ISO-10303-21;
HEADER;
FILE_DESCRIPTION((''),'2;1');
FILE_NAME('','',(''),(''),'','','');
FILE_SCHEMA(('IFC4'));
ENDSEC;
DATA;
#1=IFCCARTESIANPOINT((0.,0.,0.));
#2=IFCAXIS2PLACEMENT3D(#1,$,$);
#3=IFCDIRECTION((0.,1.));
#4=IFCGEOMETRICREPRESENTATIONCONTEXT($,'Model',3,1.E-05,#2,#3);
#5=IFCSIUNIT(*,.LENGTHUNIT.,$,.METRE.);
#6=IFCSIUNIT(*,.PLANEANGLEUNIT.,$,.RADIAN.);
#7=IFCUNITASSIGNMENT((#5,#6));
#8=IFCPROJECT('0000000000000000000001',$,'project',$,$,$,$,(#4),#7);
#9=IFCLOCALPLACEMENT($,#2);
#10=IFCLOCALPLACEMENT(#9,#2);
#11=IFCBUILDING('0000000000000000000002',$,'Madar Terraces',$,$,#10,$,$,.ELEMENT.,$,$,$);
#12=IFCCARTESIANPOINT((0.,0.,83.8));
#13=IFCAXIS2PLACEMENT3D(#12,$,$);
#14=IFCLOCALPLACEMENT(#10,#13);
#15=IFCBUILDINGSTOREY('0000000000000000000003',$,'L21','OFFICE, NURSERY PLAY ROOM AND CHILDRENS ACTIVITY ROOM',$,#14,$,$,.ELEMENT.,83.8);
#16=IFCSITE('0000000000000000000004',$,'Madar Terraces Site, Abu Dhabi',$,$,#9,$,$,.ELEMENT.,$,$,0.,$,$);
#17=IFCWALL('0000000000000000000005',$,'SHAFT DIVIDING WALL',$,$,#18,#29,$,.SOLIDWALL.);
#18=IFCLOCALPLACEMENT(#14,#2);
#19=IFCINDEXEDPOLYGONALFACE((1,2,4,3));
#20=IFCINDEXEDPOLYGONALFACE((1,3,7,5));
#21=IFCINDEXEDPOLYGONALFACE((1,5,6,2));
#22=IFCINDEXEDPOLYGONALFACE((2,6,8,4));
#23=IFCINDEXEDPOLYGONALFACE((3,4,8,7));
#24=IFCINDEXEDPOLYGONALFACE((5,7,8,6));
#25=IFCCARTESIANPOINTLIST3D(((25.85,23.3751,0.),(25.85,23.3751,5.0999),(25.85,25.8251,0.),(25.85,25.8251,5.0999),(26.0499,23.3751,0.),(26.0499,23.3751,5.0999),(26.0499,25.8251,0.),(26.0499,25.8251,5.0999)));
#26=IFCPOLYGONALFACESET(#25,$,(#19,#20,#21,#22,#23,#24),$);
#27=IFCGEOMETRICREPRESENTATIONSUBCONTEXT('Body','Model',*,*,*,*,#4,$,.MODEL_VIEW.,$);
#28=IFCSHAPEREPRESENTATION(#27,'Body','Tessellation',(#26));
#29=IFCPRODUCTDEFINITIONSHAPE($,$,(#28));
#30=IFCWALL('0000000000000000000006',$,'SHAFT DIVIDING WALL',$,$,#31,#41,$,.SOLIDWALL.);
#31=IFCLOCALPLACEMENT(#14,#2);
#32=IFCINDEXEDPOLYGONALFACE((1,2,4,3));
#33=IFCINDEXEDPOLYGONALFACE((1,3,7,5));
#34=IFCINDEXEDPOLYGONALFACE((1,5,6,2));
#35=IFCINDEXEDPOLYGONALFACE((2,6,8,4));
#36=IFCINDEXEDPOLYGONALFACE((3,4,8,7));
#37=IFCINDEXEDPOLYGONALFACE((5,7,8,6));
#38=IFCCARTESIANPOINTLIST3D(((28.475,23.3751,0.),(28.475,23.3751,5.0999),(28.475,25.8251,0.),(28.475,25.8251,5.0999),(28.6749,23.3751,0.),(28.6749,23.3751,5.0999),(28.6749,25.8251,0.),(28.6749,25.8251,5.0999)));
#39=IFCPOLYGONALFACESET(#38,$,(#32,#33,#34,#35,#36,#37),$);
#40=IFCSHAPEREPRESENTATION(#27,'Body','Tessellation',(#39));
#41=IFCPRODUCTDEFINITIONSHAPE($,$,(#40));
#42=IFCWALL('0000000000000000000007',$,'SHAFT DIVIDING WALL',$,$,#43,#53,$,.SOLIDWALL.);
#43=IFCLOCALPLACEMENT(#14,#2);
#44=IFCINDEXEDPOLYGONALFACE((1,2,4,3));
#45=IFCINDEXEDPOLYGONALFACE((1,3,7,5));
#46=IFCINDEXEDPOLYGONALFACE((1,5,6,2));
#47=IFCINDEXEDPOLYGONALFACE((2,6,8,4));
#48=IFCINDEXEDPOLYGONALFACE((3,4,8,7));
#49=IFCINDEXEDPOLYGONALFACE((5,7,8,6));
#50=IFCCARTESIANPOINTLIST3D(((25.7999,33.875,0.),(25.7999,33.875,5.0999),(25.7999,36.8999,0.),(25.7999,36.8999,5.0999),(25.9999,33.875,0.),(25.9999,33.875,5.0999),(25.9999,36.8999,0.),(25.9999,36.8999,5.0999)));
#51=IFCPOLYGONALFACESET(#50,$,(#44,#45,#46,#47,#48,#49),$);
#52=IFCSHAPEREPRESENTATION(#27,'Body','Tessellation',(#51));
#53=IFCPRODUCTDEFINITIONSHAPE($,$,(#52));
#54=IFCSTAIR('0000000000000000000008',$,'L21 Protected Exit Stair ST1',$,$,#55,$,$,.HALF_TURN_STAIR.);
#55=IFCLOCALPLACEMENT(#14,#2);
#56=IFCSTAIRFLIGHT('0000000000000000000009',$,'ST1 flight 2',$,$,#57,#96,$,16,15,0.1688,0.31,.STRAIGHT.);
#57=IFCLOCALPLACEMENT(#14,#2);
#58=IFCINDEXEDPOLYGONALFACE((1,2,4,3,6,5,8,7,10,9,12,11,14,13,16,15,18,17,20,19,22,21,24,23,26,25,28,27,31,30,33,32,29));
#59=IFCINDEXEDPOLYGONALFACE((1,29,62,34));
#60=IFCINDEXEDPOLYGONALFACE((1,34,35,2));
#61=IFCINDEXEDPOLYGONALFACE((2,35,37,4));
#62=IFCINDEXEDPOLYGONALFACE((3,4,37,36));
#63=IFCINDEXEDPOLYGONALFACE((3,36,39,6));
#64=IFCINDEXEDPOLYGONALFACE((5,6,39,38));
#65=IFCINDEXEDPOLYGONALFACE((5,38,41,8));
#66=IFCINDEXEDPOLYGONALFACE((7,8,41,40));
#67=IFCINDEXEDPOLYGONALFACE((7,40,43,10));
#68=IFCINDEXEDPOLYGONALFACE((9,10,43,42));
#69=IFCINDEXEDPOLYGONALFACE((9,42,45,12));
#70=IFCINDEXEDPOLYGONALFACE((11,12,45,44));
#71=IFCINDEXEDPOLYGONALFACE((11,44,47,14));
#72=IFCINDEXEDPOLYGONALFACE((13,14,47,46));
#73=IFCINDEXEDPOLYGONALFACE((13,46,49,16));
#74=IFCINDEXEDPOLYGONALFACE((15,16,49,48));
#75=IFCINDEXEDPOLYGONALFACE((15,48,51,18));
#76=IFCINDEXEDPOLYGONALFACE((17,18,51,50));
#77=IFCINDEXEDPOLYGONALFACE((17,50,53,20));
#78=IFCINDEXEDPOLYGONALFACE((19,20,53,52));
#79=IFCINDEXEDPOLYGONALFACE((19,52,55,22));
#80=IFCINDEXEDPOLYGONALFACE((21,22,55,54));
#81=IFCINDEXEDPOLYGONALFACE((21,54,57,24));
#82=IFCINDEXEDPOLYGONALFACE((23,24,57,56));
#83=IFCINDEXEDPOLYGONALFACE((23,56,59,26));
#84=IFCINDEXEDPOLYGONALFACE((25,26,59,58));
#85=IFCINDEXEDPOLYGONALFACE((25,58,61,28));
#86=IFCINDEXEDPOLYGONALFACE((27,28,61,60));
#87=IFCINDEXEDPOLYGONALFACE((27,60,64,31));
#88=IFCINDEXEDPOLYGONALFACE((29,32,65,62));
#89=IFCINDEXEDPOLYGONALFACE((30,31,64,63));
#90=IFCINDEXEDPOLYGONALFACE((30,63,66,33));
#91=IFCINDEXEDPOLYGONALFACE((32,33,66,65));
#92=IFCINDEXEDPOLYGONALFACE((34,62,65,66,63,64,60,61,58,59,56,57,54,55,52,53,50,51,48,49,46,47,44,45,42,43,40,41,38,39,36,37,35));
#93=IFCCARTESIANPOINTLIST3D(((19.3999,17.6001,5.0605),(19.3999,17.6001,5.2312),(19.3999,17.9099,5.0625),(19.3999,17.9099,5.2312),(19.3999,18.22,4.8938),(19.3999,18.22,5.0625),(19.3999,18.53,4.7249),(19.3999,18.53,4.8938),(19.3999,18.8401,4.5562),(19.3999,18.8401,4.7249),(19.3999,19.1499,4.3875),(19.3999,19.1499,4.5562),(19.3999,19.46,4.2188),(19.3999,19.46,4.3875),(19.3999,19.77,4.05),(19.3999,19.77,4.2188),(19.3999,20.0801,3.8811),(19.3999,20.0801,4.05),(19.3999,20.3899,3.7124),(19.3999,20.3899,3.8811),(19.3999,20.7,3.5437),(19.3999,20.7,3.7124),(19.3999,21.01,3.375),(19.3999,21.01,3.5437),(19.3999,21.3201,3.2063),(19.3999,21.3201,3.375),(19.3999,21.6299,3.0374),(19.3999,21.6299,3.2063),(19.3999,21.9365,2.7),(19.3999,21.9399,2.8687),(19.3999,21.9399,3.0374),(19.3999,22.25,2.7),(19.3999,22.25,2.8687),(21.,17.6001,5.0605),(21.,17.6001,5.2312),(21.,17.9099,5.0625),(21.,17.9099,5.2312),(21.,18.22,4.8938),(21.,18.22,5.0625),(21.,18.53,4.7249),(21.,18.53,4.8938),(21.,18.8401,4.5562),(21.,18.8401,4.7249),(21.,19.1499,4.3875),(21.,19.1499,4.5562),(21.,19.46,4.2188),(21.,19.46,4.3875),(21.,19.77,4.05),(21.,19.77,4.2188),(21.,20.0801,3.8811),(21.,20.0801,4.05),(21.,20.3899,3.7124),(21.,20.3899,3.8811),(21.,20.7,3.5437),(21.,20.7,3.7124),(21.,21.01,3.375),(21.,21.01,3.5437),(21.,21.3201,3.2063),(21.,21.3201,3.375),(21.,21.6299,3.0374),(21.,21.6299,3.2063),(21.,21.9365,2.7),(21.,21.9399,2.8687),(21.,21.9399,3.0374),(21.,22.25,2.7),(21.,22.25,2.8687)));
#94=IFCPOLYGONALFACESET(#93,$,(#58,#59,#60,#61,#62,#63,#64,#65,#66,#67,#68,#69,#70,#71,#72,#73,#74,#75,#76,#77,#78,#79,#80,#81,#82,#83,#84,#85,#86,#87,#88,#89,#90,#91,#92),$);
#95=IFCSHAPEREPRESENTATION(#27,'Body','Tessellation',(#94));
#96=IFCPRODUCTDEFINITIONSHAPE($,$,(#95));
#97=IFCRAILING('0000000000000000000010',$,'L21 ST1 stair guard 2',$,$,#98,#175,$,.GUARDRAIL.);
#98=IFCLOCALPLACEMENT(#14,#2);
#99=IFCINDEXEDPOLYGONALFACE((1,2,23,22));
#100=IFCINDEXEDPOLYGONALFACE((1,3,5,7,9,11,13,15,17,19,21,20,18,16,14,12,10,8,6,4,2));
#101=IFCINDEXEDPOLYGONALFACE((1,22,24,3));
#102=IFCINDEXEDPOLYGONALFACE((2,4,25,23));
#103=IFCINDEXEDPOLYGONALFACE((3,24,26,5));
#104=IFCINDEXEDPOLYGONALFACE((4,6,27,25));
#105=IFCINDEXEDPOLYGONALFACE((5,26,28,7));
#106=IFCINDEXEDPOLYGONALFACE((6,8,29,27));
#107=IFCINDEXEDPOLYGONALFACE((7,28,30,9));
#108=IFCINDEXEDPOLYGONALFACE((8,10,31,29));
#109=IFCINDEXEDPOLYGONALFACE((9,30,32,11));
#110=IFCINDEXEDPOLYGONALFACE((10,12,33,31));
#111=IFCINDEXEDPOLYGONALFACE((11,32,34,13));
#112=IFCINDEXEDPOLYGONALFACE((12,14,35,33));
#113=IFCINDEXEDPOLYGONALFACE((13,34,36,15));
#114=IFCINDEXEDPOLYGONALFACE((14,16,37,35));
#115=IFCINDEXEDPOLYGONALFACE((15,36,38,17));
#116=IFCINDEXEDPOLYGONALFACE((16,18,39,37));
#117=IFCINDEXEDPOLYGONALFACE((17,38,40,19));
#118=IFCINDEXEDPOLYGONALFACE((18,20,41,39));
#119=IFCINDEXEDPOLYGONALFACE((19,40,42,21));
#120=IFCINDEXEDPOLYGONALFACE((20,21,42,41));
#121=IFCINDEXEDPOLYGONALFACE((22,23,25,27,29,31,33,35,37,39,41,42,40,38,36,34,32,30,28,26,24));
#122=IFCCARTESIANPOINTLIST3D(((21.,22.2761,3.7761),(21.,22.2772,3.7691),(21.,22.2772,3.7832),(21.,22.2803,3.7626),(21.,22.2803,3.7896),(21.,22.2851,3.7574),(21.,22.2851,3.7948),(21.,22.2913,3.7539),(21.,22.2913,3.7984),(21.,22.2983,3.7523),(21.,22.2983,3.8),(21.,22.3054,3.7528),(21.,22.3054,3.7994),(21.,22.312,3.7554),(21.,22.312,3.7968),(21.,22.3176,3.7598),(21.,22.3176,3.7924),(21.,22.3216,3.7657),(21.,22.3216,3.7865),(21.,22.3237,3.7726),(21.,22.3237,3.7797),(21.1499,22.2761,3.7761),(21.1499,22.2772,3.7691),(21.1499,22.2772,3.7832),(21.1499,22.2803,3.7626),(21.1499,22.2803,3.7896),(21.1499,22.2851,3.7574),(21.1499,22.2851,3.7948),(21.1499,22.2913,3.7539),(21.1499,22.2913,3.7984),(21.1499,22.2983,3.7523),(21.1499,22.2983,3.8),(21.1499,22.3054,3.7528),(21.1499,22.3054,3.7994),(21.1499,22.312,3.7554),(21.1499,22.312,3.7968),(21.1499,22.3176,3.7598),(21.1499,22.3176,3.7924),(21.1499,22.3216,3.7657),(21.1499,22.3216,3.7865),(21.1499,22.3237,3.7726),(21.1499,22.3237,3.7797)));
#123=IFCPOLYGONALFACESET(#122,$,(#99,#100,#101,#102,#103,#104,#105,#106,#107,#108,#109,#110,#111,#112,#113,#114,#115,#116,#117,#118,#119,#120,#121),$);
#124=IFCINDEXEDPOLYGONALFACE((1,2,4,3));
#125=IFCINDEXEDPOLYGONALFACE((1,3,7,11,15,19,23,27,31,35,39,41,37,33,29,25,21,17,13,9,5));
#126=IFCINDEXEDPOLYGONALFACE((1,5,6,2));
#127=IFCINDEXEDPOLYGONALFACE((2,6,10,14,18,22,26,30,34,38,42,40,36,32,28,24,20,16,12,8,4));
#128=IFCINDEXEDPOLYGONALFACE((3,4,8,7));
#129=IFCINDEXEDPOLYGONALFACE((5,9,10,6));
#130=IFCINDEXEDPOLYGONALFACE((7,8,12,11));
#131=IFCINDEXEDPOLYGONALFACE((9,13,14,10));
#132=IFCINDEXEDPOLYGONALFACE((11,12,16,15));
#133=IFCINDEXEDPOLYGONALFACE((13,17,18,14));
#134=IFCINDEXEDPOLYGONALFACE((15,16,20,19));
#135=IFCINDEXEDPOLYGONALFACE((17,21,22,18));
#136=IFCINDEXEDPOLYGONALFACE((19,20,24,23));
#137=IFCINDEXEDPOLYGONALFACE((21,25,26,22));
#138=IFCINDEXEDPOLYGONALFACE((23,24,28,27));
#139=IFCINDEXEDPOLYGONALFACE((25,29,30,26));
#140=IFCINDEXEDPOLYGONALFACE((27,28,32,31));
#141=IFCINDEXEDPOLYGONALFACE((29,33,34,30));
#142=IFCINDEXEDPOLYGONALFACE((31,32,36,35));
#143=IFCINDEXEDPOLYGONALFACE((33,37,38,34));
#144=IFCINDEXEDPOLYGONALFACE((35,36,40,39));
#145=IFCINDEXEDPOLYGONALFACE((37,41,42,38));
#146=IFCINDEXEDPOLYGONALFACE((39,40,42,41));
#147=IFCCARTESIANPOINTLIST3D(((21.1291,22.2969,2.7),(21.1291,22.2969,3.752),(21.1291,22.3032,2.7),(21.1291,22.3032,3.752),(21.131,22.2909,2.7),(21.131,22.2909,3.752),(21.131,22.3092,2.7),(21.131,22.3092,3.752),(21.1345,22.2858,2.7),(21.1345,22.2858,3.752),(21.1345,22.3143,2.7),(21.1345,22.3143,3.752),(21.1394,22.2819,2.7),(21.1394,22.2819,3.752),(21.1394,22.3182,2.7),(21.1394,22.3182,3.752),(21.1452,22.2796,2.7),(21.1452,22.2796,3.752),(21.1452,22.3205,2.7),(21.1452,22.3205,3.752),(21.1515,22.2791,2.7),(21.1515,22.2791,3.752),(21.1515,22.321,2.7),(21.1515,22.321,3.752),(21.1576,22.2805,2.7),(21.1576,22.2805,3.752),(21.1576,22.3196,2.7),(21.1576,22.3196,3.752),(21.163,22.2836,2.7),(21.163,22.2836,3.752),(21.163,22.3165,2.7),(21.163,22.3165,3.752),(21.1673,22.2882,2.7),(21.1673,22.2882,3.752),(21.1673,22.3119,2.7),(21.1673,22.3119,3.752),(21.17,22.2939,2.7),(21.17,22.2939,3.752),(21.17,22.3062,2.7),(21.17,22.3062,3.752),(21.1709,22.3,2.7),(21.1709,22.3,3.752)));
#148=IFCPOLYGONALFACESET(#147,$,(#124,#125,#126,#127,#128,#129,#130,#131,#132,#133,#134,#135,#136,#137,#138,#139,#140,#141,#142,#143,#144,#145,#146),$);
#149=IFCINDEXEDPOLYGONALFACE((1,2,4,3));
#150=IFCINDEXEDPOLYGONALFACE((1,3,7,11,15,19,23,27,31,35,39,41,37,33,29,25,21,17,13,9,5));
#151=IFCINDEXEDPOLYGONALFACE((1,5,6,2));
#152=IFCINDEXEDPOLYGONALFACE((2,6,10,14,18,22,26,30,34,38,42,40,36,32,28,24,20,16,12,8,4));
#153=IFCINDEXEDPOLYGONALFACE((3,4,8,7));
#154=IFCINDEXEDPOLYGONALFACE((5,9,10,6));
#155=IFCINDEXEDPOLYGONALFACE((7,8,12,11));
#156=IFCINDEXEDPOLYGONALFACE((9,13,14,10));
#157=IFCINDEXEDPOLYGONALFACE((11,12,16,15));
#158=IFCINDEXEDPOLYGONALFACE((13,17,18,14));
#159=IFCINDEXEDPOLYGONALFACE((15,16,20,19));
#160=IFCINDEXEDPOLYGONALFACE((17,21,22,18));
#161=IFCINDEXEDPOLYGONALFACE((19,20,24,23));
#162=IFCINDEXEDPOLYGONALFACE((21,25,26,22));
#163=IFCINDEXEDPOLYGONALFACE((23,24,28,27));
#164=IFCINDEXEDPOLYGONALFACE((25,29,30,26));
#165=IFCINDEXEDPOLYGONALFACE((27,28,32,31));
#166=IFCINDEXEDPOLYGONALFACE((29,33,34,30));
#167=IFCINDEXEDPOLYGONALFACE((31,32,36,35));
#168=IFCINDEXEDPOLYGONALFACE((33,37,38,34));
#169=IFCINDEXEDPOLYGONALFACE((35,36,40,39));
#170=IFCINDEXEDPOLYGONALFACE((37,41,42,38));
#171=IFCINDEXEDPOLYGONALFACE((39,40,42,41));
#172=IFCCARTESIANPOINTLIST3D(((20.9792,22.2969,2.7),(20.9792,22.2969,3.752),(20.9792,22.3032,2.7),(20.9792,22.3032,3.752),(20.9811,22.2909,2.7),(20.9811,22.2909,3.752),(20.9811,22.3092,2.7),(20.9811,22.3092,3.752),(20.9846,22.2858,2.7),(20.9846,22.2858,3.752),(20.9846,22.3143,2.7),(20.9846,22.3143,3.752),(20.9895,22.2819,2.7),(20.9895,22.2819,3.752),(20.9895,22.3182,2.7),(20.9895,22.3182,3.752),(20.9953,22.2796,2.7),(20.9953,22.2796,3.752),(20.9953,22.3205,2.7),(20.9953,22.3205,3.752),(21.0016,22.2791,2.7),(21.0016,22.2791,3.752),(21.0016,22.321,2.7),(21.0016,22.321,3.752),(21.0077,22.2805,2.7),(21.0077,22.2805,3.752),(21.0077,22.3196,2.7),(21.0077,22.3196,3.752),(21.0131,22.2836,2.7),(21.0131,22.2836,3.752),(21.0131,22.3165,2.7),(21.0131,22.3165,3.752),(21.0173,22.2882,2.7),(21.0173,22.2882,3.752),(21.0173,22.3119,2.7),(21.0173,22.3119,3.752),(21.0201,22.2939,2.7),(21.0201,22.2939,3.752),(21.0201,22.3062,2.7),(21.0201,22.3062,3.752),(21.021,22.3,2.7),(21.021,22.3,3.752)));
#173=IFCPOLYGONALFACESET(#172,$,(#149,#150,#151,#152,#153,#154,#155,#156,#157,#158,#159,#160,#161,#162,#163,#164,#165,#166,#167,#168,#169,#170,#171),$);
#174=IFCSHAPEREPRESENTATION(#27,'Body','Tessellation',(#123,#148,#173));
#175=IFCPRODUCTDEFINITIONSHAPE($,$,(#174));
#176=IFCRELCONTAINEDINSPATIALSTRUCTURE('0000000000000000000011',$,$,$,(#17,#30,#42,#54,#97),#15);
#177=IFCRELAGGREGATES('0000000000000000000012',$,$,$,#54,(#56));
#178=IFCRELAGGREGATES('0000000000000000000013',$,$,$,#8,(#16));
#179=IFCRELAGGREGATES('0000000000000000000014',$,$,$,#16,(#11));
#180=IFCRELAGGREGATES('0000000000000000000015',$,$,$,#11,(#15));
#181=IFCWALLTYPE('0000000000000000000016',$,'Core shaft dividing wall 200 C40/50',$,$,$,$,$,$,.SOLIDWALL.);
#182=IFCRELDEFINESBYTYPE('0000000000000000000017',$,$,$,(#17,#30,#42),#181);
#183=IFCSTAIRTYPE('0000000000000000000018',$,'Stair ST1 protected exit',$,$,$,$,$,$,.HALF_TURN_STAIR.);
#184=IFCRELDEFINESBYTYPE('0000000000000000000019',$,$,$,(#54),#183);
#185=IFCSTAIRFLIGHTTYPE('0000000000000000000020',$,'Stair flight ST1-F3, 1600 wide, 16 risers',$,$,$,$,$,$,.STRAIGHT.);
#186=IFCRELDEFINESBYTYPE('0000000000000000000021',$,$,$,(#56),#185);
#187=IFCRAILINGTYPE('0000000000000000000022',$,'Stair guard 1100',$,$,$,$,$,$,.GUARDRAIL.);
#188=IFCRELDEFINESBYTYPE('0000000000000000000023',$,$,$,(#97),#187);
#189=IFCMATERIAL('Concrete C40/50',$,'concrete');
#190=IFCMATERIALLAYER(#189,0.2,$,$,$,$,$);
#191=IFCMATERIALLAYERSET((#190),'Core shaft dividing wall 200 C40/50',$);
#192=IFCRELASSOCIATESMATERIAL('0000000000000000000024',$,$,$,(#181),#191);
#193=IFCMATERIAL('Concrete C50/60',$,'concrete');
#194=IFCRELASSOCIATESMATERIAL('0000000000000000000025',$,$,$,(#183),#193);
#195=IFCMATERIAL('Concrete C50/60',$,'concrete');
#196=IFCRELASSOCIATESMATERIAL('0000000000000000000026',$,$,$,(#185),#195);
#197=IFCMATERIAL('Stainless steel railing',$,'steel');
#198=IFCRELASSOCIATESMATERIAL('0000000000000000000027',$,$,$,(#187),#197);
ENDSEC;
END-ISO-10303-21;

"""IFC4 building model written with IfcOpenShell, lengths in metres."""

from ifc_helpers import new_model, si_unit, direction, frame, frame_2d, origin, origin_2d, place, context, subcontext, project, spatial, polyline, rectangle, circle, outline, extrude, material, layer, layer_set, type_object, element, aggregate, save


model = new_model("IFC4")

# Units and contexts
model_context = context("Model", 3, precision=1e-05, world=origin(), true_north=direction((0.0, 1.0)))
body_context = subcontext(model_context, "Body", "Model", "MODEL_VIEW")
ifc_project = project(units=[si_unit("LENGTHUNIT", "METRE"), si_unit("PLANEANGLEUNIT", "RADIAN")], contexts=[model_context])

# Site, building, storey
site_placement = place(None, origin())
site = spatial("IfcSite", under=ifc_project, at=site_placement, Name="Madar Terraces Site, Abu Dhabi", CompositionType="ELEMENT", RefElevation=0.0)
building_placement = place(site_placement, origin())
building = spatial("IfcBuilding", under=site, at=building_placement, Name="Madar Terraces", CompositionType="ELEMENT")
storey_placement = place(building_placement, frame((0.0, 0.0, 83.8)))
storey = spatial("IfcBuildingStorey", under=building, at=storey_placement, Name="L21", Description="OFFICE, NURSERY PLAY ROOM AND CHILDRENS ACTIVITY ROOM", CompositionType="ELEMENT", Elevation=83.8)

# Walls
ifc_material_1 = material(Name="Concrete C40/50", Category="concrete")
ifc_layer_1 = layer(ifc_material_1, 0.2)
ifc_layer_set_1 = layer_set([ifc_layer_1], Name="Core shaft dividing wall 200 C40/50")
wall_type_1 = type_object("IfcWallType", Name="Core shaft dividing wall 200 C40/50", PredefinedType="SOLIDWALL", material=ifc_layer_set_1)
for number, where, z_axis, x_axis, name in (
    (1, (25.95, 23.375, 0.0), (0.0, 0.0, 1.0), (0.0, 1.0, 0.0), "SHAFT DIVIDING WALL"),
    (2, (28.575, 23.375, 0.0), (0.0, 0.0, 1.0), (0.0, 1.0, 0.0), "SHAFT DIVIDING WALL"),
):
    element("IfcWall", number, at=place(storey_placement, frame(where, z_axis=z_axis, x_axis=x_axis)), inside=storey, type_object=wall_type_1, Name=name, PredefinedType="SOLIDWALL", context=body_context, shape_type="SweptSolid", body=[
        extrude(rectangle(XDim=2.45, YDim=0.2, at=frame_2d((1.2251, 0.0))), origin(), (0.0, 0.0, 1.0), 5.0999),
    ])
wall_1_placement = place(storey_placement, frame((25.8999, 33.875, 0.0), z_axis=(0.0, 0.0, 1.0), x_axis=(0.0, 1.0, 0.0)))
element("IfcWall", 3, at=wall_1_placement, inside=storey, type_object=wall_type_1, Name="SHAFT DIVIDING WALL", PredefinedType="SOLIDWALL", context=body_context, shape_type="SweptSolid", body=[
    extrude(rectangle(XDim=3.0249, YDim=0.2, at=frame_2d((1.5125, 0.0))), origin(), (0.0, 0.0, 1.0), 5.0999),
])

# Stair, stair flight
ifc_material_2 = material(Name="Concrete C50/60", Category="concrete")
stair_type = type_object("IfcStairType", Name="Stair ST1 protected exit", PredefinedType="HALF_TURN_STAIR", material=ifc_material_2)
stair_placement = place(storey_placement, origin())
stair = element("IfcStair", 4, at=stair_placement, inside=storey, type_object=stair_type, Name="L21 Protected Exit Stair ST1", PredefinedType="HALF_TURN_STAIR")
ifc_material_3 = material(Name="Concrete C50/60", Category="concrete")
stair_flight_type = type_object("IfcStairFlightType", Name="Stair flight ST1-F3, 1600 wide, 16 risers", PredefinedType="STRAIGHT", material=ifc_material_3)
stair_flight_placement = place(storey_placement, frame((20.2, 22.25, 2.7), z_axis=(0.0, 0.0, 1.0), x_axis=(0.0, -1.0, 0.0)))
stair_flight = element("IfcStairFlight", 5, at=stair_flight_placement, type_object=stair_flight_type, Name="ST1 flight 2", NumberOfRisers=16, NumberOfTreads=15, PredefinedType="STRAIGHT", RiserHeight=0.1688, TreadLength=0.31, context=body_context, shape_type="SweptSolid", body=[
    extrude(outline(polyline([(0.0, 0.0), (0.0, 0.1687), (0.3101, 0.1687), (0.3101, 0.3374), (0.6201, 0.3374), (0.6201, 0.5063), (0.9299, 0.5063), (0.9299, 0.675), (1.24, 0.675), (1.24, 0.8438), (1.55, 0.8438), (1.55, 1.0125), (1.8601, 1.0125), (1.8601, 1.1812), (2.1699, 1.1812), (2.1699, 1.3501), (2.48, 1.3501), (2.48, 1.5188), (2.79, 1.5188), (2.79, 1.6875), (3.1001, 1.6875), (3.1001, 1.8562), (3.4099, 1.8562), (3.4099, 2.0249), (3.72, 2.0249), (3.72, 2.1938), (4.03, 2.1938), (4.03, 2.3625), (4.3401, 2.3625), (4.3401, 2.5312), (4.6499, 2.5312), (4.6499, 2.7), (4.6499, 2.3606), (0.3135, 0.0), (0.0, 0.0)])), frame((0.0, 0.8, 0.0), z_axis=(0.0, -1.0, 0.0), x_axis=(1.0, 0.0, 0.0)), (0.0, 0.0, 1.0), 1.6001),
])
aggregate(stair, [stair_flight])

# Railing
ifc_material_4 = material(Name="Stainless steel railing", Category="steel")
railing_type_1 = type_object("IfcRailingType", Name="Stair guard 1100", PredefinedType="GUARDRAIL", material=ifc_material_4)
railing_1_placement = place(storey_placement, frame((21.1499, 22.3, 2.7)))
element("IfcRailing", 6, at=railing_1_placement, inside=storey, type_object=railing_type_1, Name="L21 ST1 stair guard 2", PredefinedType="GUARDRAIL", context=body_context, shape_type="SweptSolid", body=[
    extrude(circle(Radius=0.0239, at=origin_2d()), frame((0.0, 0.0, 1.0762), z_axis=(-1.0, 0.0, 0.0), x_axis=(0.0, -1.0, 0.0)), (0.0, 0.0, 1.0), 0.1499),
    extrude(circle(Radius=0.021, at=origin_2d()), origin(), (0.0, 0.0, 1.0), 1.052),
    extrude(circle(Radius=0.021, at=origin_2d()), frame((-0.1499, 0.0, 0.0)), (0.0, 0.0, 1.0), 1.052),
])

save(model, "model.ifc")
